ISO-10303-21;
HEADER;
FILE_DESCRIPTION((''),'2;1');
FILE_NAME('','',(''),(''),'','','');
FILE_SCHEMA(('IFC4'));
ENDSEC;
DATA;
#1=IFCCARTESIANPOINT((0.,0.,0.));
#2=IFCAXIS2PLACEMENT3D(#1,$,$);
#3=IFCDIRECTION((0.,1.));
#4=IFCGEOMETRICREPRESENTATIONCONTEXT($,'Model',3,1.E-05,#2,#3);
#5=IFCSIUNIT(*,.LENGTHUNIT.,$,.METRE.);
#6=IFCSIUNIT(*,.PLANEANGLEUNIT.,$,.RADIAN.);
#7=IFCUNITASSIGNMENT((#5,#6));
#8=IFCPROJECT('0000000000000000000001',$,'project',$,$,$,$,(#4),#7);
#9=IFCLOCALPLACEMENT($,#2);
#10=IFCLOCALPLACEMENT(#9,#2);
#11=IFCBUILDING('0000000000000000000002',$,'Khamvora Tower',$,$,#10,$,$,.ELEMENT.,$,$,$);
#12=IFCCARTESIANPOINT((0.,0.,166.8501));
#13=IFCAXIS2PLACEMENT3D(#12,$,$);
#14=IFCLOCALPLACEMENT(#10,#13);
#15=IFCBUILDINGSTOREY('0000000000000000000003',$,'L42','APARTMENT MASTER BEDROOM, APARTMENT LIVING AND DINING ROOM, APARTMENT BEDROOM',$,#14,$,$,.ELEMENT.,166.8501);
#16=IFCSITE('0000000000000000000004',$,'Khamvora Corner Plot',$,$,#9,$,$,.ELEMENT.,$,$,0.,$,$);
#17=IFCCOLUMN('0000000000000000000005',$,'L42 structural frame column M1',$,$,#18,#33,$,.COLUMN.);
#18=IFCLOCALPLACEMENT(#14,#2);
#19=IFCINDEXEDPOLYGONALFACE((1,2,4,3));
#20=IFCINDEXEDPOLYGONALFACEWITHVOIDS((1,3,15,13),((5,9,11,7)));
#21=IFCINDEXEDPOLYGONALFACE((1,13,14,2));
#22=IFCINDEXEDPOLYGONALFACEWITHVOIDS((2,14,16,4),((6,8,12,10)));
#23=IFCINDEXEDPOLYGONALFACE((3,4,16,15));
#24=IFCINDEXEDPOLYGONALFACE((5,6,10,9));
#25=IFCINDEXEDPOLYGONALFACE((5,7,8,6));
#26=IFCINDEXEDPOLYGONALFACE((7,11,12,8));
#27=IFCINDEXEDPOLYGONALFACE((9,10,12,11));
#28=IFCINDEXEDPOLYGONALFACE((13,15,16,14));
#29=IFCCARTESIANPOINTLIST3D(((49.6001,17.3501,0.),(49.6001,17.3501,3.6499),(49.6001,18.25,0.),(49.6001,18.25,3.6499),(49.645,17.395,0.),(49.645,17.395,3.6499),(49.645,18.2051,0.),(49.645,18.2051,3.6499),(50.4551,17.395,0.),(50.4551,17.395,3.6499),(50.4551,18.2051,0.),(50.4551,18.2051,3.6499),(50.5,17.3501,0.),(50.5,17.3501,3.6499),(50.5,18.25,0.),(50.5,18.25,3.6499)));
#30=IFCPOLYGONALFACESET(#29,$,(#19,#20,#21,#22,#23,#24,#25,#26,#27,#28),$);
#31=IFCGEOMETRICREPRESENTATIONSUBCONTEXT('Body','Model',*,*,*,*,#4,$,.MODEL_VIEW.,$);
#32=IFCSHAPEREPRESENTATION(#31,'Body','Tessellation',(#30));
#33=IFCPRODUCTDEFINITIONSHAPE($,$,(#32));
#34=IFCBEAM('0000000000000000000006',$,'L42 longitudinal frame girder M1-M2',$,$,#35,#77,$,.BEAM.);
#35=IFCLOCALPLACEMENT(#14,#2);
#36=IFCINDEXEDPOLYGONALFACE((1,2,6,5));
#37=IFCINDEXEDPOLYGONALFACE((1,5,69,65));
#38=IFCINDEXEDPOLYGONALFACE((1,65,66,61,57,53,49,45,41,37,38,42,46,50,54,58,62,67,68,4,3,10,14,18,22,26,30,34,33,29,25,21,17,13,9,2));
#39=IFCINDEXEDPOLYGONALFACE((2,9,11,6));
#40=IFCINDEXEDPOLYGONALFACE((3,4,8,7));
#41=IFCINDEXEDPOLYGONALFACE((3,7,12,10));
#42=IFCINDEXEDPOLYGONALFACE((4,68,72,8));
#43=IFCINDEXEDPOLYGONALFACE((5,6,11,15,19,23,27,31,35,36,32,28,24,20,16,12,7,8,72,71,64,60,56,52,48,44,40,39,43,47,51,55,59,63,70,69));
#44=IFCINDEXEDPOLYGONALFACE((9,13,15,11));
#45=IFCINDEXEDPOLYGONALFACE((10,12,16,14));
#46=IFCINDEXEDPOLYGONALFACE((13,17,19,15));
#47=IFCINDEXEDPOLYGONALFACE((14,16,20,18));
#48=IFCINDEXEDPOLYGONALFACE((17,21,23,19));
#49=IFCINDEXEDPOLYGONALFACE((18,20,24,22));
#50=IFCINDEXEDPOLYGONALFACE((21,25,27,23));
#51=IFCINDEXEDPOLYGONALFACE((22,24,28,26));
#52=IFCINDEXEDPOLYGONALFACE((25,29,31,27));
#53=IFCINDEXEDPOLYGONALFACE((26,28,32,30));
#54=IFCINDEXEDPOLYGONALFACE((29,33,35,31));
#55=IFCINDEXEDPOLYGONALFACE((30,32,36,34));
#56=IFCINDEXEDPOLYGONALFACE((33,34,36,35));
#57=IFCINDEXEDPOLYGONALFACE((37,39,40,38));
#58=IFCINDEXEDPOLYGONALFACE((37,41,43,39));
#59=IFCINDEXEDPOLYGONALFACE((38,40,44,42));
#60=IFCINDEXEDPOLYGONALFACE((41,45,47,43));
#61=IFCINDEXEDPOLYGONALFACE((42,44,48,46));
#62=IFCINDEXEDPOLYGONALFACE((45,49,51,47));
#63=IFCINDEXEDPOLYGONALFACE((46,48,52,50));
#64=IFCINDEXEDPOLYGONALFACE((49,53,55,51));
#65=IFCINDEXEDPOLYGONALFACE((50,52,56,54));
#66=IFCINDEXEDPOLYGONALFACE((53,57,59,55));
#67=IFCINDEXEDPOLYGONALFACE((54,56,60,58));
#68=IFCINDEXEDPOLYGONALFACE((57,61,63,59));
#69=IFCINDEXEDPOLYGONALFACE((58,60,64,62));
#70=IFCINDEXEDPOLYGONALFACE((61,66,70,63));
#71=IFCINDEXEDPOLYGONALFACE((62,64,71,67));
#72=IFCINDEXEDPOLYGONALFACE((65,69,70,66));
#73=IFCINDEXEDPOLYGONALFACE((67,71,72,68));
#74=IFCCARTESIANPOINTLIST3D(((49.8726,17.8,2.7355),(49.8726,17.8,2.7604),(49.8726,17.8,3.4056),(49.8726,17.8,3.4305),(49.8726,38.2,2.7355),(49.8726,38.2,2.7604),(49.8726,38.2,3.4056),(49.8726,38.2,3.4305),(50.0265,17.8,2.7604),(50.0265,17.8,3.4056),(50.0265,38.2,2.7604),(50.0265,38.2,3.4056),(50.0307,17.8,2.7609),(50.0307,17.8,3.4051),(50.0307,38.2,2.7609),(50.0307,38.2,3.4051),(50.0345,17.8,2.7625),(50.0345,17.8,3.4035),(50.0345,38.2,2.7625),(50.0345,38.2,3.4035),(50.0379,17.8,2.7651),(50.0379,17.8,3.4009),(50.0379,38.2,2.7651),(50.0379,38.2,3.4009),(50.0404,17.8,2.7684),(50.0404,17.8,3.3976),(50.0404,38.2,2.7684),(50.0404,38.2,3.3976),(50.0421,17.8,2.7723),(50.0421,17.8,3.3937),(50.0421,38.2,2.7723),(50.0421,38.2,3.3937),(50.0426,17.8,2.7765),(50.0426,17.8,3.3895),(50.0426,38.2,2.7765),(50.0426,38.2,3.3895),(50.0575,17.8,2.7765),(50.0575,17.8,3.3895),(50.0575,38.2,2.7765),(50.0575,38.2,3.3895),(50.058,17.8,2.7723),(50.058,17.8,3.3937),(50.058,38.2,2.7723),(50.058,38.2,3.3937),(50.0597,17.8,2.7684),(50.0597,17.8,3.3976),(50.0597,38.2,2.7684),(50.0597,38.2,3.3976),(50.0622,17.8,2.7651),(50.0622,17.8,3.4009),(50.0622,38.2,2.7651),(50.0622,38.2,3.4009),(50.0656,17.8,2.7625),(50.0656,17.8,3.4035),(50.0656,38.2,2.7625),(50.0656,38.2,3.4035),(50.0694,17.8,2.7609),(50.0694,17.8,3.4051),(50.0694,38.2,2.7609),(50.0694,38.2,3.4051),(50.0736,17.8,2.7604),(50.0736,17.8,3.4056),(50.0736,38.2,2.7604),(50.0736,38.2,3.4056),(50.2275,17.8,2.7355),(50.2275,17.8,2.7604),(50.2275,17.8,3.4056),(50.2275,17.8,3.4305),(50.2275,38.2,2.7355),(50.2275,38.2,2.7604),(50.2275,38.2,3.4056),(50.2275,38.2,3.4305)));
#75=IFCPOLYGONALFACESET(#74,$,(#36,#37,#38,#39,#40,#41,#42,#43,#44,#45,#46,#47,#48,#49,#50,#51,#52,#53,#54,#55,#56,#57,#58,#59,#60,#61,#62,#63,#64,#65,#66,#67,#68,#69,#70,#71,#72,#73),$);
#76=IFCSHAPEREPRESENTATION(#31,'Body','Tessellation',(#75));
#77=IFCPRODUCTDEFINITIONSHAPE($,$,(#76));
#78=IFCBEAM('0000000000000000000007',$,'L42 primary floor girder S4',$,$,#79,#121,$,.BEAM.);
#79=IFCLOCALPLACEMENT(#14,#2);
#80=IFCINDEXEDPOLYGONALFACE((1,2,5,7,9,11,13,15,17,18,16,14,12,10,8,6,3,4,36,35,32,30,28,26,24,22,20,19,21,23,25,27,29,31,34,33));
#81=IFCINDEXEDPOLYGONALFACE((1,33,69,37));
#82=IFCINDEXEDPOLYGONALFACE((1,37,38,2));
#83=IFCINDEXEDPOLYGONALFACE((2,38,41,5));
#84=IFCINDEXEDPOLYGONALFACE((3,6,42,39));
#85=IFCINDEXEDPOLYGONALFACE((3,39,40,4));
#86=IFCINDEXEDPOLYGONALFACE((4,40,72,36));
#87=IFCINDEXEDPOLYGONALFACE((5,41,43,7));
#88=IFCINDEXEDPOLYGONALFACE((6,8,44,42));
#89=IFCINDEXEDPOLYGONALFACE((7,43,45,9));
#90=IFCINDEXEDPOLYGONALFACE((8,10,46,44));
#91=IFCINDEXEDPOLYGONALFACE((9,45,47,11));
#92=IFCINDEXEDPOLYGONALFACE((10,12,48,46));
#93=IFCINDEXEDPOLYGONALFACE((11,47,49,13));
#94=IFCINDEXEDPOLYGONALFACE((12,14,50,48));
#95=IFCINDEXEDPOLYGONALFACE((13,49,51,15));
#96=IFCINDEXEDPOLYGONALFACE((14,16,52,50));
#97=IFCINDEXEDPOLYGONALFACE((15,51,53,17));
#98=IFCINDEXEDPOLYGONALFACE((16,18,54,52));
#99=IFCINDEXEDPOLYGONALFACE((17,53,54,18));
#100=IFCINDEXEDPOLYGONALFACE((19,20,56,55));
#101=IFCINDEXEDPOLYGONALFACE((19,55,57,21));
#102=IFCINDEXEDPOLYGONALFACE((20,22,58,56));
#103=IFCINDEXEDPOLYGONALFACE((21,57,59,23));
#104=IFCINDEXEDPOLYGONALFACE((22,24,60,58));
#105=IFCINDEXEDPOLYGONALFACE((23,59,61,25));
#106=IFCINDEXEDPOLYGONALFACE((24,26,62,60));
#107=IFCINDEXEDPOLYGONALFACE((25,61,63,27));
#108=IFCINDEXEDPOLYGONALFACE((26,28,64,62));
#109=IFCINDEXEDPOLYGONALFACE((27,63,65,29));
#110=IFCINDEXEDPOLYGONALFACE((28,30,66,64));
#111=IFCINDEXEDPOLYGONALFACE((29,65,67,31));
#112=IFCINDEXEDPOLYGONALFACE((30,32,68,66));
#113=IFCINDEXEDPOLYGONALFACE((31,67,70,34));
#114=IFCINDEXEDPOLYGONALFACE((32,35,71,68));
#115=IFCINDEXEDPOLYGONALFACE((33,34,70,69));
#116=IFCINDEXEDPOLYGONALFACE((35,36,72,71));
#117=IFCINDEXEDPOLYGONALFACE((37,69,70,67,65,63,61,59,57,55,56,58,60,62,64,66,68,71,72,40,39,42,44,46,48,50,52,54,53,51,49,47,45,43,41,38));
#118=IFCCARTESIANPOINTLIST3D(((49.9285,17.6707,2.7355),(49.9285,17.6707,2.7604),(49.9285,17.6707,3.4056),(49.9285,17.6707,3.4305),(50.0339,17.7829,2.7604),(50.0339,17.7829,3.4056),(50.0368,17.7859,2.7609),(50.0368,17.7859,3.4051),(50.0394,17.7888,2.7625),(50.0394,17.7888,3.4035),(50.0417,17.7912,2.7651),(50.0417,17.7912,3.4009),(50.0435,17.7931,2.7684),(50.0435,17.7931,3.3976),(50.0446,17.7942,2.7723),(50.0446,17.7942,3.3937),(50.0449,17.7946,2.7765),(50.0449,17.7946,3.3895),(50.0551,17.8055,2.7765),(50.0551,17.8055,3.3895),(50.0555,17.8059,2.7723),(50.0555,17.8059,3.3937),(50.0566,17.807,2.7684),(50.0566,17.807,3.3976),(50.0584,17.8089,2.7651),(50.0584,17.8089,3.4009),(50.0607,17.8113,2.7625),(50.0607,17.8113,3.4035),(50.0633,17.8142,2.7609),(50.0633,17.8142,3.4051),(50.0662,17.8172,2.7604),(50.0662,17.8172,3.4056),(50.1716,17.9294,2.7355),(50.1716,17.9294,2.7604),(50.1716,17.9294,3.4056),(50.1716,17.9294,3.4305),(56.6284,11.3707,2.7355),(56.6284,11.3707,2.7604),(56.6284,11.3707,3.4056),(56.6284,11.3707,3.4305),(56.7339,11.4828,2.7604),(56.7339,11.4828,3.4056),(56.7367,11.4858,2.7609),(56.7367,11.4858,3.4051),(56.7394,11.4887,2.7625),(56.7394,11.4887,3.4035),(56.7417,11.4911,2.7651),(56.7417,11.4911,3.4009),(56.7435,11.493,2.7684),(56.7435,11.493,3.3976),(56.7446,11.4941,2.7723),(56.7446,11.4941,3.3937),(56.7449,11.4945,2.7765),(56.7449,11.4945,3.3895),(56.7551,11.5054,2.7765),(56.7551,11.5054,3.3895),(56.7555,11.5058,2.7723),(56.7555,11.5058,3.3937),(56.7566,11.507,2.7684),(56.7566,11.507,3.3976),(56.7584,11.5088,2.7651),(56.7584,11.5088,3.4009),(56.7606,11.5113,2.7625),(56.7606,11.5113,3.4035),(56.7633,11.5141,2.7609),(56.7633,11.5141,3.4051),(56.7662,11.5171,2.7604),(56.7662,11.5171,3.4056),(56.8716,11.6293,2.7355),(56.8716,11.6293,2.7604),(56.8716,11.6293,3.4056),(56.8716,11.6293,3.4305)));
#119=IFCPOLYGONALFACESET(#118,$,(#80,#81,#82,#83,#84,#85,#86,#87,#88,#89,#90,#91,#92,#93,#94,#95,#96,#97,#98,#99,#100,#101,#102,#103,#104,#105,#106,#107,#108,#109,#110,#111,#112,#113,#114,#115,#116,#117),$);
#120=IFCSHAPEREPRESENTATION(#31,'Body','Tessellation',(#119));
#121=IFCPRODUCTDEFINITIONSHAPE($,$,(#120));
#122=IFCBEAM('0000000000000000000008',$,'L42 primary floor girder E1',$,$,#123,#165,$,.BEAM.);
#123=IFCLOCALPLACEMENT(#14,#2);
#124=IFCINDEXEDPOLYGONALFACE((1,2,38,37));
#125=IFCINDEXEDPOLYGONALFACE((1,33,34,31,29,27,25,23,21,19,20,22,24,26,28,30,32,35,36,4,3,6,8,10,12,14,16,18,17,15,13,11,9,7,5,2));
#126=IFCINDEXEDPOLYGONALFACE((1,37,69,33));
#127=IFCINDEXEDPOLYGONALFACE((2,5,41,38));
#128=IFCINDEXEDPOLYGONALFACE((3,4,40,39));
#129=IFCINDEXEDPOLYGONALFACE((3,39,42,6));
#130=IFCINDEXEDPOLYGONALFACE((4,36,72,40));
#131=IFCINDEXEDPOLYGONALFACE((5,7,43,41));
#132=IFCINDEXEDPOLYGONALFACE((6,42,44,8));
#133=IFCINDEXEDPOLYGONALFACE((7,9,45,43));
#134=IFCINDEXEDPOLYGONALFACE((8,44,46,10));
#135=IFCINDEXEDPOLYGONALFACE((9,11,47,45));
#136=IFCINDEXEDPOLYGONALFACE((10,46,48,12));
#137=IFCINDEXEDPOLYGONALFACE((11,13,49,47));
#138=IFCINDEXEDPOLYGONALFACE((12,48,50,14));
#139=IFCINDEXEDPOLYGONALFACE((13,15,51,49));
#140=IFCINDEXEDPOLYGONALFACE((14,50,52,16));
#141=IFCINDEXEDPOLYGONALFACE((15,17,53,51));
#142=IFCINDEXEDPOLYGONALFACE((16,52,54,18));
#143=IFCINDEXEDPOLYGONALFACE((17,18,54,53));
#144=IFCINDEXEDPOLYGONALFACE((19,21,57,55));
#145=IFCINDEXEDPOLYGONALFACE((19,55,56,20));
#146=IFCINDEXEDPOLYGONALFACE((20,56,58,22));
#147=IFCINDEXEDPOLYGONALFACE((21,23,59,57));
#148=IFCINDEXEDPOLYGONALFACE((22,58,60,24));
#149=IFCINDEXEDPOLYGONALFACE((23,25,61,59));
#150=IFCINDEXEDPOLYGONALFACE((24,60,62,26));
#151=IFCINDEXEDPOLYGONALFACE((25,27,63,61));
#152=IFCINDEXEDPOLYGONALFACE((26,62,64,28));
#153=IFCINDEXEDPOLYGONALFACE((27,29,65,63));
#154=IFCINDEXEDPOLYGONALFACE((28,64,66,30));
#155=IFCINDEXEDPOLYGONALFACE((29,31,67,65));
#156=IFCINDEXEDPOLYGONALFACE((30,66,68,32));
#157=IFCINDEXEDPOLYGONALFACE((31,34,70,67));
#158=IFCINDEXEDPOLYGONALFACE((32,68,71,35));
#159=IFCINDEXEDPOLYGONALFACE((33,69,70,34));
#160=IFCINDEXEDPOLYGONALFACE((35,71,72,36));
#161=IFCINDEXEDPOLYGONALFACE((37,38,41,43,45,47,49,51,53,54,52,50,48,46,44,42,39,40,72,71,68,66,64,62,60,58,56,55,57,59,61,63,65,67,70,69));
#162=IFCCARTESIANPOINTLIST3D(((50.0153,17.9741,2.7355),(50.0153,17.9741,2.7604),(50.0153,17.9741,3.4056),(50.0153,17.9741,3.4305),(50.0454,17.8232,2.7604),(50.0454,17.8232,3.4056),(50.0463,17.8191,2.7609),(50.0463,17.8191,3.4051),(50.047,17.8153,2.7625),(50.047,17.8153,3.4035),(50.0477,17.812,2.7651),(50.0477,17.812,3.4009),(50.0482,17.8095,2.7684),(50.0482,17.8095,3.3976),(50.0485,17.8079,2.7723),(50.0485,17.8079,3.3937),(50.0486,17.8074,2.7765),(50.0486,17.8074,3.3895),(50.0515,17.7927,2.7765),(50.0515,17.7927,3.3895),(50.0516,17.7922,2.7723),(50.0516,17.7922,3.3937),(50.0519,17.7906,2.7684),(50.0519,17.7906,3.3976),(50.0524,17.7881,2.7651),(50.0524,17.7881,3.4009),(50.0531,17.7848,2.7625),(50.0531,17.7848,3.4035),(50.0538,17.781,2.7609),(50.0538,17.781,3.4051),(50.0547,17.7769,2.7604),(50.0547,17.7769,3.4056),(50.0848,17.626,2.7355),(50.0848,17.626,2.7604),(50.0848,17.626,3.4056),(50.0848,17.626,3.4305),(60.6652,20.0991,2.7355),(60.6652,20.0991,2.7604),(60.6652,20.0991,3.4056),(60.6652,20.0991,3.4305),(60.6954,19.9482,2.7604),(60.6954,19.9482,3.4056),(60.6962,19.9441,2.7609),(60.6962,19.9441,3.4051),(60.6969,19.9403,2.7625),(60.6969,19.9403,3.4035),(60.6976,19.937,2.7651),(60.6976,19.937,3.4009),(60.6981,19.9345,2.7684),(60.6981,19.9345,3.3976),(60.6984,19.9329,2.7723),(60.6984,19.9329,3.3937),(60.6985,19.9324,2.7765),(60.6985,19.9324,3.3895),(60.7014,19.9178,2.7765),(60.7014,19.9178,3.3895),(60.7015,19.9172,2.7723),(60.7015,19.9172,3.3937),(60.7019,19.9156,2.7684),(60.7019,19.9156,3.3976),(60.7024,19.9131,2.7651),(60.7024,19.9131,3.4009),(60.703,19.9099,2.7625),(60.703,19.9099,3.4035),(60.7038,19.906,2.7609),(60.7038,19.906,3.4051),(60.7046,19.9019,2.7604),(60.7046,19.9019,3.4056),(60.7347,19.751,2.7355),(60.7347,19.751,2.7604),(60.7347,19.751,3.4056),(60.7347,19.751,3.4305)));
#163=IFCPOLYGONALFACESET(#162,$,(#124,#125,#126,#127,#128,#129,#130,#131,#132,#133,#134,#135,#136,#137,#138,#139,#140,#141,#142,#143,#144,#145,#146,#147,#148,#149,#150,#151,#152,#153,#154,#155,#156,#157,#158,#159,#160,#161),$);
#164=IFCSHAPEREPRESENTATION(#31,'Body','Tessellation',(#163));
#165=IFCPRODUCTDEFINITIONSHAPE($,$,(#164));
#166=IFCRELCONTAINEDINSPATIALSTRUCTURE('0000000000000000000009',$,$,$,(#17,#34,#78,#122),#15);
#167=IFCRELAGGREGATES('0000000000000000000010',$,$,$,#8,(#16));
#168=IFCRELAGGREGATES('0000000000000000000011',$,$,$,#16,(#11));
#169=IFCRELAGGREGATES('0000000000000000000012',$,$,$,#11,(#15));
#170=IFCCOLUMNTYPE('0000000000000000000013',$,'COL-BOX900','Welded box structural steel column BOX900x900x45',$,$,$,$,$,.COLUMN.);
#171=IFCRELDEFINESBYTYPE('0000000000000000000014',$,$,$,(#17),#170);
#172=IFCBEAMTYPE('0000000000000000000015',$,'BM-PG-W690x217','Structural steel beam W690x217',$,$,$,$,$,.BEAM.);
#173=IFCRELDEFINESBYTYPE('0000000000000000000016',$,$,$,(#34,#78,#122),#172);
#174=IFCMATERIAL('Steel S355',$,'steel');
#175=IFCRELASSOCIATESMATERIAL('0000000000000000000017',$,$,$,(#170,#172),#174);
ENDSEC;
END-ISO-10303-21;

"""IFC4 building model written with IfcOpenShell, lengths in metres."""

from ifc_helpers import new_model, si_unit, direction, frame, origin, origin_2d, place, context, subcontext, project, spatial, hollow_rectangle, i_section, extrude, material, material_profile, profile_set, type_object, element, save


model = new_model("IFC4")

# Units and contexts
model_context = context("Model", 3, precision=1e-05, world=origin(), true_north=direction((0.0, 1.0)))
body_context = subcontext(model_context, "Body", "Model", "MODEL_VIEW")
ifc_project = project(units=[si_unit("LENGTHUNIT", "METRE"), si_unit("PLANEANGLEUNIT", "RADIAN")], contexts=[model_context])

# Site, building, storey
site_placement = place(None, origin())
site = spatial("IfcSite", under=ifc_project, at=site_placement, Name="Khamvora Corner Plot", CompositionType="ELEMENT", RefElevation=0.0)
building_placement = place(site_placement, origin())
building = spatial("IfcBuilding", under=site, at=building_placement, Name="Khamvora Tower", CompositionType="ELEMENT")
storey_placement = place(building_placement, frame((0.0, 0.0, 166.8501)))
storey = spatial("IfcBuildingStorey", under=building, at=storey_placement, Name="L42", Description="APARTMENT MASTER BEDROOM, APARTMENT LIVING AND DINING ROOM, APARTMENT BEDROOM", CompositionType="ELEMENT", Elevation=166.8501)

# Column
ifc_material_1 = material(Name="Steel S355", Category="steel")
ifc_material_profile_1 = material_profile(ifc_material_1, hollow_rectangle(XDim=0.8999, YDim=0.8999, WallThickness=0.0449, at=origin_2d()), Name="BOX900x900x45")
ifc_profile_set_1 = profile_set([ifc_material_profile_1], Name="Steel S355")
column_type = type_object("IfcColumnType", Name="COL-BOX900", Description="Welded box structural steel column BOX900x900x45", PredefinedType="COLUMN", material=ifc_profile_set_1)
column_placement = place(storey_placement, frame((50.05, 17.8, 0.0), z_axis=(0.0, 0.0, 1.0), x_axis=(1.0, 0.0, 0.0)))
element("IfcColumn", 1, at=column_placement, inside=storey, type_object=column_type, Name="L42 structural frame column M1", PredefinedType="COLUMN", context=body_context, shape_type="SweptSolid", body=[
    extrude(hollow_rectangle(XDim=0.8999, YDim=0.8999, WallThickness=0.0449, at=origin_2d()), origin(), (0.0, 0.0, 1.0), 3.6499),
])

# Beams
ifc_material_profile_2 = material_profile(ifc_material_1, i_section(OverallWidth=0.355, OverallDepth=0.6951, WebThickness=0.0149, FlangeThickness=0.0249, FilletRadius=0.0161, at=origin_2d()), Name="W690x217")
ifc_profile_set_2 = profile_set([ifc_material_profile_2], Name="Steel S355")
beam_type_1 = type_object("IfcBeamType", Name="BM-PG-W690x217", Description="Structural steel beam W690x217", PredefinedType="BEAM", material=ifc_profile_set_2)
beam_1_placement = place(storey_placement, frame((50.05, 17.8, 3.083), z_axis=(0.0, 1.0, 0.0), x_axis=(-1.0, 0.0, 0.0)))
element("IfcBeam", 2, at=beam_1_placement, inside=storey, type_object=beam_type_1, Name="L42 longitudinal frame girder M1-M2", PredefinedType="BEAM", context=body_context, shape_type="SweptSolid", body=[
    extrude(i_section(OverallWidth=0.355, OverallDepth=0.6951, WebThickness=0.0149, FlangeThickness=0.0249, FilletRadius=0.0161, at=origin_2d()), origin(), (0.0, 0.0, 1.0), 20.3999),
])
beam_2_placement = place(storey_placement, frame((50.05, 17.8, 3.083), z_axis=(0.728514, -0.685031, 0.0), x_axis=(0.685031, 0.728514, 0.0)))
element("IfcBeam", 3, at=beam_2_placement, inside=storey, type_object=beam_type_1, Name="L42 primary floor girder S4", PredefinedType="BEAM", context=body_context, shape_type="SweptSolid", body=[
    extrude(i_section(OverallWidth=0.355, OverallDepth=0.6951, WebThickness=0.0149, FlangeThickness=0.0249, FilletRadius=0.0161, at=origin_2d()), origin(), (0.0, 0.0, 1.0), 9.1968),
])
beam_3_placement = place(storey_placement, frame((50.05, 17.8, 3.083), z_axis=(0.980669, 0.195675, 0.0), x_axis=(-0.195675, 0.980669, 0.0)))
element("IfcBeam", 4, at=beam_3_placement, inside=storey, type_object=beam_type_1, Name="L42 primary floor girder E1", PredefinedType="BEAM", context=body_context, shape_type="SweptSolid", body=[
    extrude(i_section(OverallWidth=0.355, OverallDepth=0.6951, WebThickness=0.0149, FlangeThickness=0.0249, FilletRadius=0.0161, at=origin_2d()), origin(), (0.0, 0.0, 1.0), 10.8599),
])

save(model, "model.ifc")
